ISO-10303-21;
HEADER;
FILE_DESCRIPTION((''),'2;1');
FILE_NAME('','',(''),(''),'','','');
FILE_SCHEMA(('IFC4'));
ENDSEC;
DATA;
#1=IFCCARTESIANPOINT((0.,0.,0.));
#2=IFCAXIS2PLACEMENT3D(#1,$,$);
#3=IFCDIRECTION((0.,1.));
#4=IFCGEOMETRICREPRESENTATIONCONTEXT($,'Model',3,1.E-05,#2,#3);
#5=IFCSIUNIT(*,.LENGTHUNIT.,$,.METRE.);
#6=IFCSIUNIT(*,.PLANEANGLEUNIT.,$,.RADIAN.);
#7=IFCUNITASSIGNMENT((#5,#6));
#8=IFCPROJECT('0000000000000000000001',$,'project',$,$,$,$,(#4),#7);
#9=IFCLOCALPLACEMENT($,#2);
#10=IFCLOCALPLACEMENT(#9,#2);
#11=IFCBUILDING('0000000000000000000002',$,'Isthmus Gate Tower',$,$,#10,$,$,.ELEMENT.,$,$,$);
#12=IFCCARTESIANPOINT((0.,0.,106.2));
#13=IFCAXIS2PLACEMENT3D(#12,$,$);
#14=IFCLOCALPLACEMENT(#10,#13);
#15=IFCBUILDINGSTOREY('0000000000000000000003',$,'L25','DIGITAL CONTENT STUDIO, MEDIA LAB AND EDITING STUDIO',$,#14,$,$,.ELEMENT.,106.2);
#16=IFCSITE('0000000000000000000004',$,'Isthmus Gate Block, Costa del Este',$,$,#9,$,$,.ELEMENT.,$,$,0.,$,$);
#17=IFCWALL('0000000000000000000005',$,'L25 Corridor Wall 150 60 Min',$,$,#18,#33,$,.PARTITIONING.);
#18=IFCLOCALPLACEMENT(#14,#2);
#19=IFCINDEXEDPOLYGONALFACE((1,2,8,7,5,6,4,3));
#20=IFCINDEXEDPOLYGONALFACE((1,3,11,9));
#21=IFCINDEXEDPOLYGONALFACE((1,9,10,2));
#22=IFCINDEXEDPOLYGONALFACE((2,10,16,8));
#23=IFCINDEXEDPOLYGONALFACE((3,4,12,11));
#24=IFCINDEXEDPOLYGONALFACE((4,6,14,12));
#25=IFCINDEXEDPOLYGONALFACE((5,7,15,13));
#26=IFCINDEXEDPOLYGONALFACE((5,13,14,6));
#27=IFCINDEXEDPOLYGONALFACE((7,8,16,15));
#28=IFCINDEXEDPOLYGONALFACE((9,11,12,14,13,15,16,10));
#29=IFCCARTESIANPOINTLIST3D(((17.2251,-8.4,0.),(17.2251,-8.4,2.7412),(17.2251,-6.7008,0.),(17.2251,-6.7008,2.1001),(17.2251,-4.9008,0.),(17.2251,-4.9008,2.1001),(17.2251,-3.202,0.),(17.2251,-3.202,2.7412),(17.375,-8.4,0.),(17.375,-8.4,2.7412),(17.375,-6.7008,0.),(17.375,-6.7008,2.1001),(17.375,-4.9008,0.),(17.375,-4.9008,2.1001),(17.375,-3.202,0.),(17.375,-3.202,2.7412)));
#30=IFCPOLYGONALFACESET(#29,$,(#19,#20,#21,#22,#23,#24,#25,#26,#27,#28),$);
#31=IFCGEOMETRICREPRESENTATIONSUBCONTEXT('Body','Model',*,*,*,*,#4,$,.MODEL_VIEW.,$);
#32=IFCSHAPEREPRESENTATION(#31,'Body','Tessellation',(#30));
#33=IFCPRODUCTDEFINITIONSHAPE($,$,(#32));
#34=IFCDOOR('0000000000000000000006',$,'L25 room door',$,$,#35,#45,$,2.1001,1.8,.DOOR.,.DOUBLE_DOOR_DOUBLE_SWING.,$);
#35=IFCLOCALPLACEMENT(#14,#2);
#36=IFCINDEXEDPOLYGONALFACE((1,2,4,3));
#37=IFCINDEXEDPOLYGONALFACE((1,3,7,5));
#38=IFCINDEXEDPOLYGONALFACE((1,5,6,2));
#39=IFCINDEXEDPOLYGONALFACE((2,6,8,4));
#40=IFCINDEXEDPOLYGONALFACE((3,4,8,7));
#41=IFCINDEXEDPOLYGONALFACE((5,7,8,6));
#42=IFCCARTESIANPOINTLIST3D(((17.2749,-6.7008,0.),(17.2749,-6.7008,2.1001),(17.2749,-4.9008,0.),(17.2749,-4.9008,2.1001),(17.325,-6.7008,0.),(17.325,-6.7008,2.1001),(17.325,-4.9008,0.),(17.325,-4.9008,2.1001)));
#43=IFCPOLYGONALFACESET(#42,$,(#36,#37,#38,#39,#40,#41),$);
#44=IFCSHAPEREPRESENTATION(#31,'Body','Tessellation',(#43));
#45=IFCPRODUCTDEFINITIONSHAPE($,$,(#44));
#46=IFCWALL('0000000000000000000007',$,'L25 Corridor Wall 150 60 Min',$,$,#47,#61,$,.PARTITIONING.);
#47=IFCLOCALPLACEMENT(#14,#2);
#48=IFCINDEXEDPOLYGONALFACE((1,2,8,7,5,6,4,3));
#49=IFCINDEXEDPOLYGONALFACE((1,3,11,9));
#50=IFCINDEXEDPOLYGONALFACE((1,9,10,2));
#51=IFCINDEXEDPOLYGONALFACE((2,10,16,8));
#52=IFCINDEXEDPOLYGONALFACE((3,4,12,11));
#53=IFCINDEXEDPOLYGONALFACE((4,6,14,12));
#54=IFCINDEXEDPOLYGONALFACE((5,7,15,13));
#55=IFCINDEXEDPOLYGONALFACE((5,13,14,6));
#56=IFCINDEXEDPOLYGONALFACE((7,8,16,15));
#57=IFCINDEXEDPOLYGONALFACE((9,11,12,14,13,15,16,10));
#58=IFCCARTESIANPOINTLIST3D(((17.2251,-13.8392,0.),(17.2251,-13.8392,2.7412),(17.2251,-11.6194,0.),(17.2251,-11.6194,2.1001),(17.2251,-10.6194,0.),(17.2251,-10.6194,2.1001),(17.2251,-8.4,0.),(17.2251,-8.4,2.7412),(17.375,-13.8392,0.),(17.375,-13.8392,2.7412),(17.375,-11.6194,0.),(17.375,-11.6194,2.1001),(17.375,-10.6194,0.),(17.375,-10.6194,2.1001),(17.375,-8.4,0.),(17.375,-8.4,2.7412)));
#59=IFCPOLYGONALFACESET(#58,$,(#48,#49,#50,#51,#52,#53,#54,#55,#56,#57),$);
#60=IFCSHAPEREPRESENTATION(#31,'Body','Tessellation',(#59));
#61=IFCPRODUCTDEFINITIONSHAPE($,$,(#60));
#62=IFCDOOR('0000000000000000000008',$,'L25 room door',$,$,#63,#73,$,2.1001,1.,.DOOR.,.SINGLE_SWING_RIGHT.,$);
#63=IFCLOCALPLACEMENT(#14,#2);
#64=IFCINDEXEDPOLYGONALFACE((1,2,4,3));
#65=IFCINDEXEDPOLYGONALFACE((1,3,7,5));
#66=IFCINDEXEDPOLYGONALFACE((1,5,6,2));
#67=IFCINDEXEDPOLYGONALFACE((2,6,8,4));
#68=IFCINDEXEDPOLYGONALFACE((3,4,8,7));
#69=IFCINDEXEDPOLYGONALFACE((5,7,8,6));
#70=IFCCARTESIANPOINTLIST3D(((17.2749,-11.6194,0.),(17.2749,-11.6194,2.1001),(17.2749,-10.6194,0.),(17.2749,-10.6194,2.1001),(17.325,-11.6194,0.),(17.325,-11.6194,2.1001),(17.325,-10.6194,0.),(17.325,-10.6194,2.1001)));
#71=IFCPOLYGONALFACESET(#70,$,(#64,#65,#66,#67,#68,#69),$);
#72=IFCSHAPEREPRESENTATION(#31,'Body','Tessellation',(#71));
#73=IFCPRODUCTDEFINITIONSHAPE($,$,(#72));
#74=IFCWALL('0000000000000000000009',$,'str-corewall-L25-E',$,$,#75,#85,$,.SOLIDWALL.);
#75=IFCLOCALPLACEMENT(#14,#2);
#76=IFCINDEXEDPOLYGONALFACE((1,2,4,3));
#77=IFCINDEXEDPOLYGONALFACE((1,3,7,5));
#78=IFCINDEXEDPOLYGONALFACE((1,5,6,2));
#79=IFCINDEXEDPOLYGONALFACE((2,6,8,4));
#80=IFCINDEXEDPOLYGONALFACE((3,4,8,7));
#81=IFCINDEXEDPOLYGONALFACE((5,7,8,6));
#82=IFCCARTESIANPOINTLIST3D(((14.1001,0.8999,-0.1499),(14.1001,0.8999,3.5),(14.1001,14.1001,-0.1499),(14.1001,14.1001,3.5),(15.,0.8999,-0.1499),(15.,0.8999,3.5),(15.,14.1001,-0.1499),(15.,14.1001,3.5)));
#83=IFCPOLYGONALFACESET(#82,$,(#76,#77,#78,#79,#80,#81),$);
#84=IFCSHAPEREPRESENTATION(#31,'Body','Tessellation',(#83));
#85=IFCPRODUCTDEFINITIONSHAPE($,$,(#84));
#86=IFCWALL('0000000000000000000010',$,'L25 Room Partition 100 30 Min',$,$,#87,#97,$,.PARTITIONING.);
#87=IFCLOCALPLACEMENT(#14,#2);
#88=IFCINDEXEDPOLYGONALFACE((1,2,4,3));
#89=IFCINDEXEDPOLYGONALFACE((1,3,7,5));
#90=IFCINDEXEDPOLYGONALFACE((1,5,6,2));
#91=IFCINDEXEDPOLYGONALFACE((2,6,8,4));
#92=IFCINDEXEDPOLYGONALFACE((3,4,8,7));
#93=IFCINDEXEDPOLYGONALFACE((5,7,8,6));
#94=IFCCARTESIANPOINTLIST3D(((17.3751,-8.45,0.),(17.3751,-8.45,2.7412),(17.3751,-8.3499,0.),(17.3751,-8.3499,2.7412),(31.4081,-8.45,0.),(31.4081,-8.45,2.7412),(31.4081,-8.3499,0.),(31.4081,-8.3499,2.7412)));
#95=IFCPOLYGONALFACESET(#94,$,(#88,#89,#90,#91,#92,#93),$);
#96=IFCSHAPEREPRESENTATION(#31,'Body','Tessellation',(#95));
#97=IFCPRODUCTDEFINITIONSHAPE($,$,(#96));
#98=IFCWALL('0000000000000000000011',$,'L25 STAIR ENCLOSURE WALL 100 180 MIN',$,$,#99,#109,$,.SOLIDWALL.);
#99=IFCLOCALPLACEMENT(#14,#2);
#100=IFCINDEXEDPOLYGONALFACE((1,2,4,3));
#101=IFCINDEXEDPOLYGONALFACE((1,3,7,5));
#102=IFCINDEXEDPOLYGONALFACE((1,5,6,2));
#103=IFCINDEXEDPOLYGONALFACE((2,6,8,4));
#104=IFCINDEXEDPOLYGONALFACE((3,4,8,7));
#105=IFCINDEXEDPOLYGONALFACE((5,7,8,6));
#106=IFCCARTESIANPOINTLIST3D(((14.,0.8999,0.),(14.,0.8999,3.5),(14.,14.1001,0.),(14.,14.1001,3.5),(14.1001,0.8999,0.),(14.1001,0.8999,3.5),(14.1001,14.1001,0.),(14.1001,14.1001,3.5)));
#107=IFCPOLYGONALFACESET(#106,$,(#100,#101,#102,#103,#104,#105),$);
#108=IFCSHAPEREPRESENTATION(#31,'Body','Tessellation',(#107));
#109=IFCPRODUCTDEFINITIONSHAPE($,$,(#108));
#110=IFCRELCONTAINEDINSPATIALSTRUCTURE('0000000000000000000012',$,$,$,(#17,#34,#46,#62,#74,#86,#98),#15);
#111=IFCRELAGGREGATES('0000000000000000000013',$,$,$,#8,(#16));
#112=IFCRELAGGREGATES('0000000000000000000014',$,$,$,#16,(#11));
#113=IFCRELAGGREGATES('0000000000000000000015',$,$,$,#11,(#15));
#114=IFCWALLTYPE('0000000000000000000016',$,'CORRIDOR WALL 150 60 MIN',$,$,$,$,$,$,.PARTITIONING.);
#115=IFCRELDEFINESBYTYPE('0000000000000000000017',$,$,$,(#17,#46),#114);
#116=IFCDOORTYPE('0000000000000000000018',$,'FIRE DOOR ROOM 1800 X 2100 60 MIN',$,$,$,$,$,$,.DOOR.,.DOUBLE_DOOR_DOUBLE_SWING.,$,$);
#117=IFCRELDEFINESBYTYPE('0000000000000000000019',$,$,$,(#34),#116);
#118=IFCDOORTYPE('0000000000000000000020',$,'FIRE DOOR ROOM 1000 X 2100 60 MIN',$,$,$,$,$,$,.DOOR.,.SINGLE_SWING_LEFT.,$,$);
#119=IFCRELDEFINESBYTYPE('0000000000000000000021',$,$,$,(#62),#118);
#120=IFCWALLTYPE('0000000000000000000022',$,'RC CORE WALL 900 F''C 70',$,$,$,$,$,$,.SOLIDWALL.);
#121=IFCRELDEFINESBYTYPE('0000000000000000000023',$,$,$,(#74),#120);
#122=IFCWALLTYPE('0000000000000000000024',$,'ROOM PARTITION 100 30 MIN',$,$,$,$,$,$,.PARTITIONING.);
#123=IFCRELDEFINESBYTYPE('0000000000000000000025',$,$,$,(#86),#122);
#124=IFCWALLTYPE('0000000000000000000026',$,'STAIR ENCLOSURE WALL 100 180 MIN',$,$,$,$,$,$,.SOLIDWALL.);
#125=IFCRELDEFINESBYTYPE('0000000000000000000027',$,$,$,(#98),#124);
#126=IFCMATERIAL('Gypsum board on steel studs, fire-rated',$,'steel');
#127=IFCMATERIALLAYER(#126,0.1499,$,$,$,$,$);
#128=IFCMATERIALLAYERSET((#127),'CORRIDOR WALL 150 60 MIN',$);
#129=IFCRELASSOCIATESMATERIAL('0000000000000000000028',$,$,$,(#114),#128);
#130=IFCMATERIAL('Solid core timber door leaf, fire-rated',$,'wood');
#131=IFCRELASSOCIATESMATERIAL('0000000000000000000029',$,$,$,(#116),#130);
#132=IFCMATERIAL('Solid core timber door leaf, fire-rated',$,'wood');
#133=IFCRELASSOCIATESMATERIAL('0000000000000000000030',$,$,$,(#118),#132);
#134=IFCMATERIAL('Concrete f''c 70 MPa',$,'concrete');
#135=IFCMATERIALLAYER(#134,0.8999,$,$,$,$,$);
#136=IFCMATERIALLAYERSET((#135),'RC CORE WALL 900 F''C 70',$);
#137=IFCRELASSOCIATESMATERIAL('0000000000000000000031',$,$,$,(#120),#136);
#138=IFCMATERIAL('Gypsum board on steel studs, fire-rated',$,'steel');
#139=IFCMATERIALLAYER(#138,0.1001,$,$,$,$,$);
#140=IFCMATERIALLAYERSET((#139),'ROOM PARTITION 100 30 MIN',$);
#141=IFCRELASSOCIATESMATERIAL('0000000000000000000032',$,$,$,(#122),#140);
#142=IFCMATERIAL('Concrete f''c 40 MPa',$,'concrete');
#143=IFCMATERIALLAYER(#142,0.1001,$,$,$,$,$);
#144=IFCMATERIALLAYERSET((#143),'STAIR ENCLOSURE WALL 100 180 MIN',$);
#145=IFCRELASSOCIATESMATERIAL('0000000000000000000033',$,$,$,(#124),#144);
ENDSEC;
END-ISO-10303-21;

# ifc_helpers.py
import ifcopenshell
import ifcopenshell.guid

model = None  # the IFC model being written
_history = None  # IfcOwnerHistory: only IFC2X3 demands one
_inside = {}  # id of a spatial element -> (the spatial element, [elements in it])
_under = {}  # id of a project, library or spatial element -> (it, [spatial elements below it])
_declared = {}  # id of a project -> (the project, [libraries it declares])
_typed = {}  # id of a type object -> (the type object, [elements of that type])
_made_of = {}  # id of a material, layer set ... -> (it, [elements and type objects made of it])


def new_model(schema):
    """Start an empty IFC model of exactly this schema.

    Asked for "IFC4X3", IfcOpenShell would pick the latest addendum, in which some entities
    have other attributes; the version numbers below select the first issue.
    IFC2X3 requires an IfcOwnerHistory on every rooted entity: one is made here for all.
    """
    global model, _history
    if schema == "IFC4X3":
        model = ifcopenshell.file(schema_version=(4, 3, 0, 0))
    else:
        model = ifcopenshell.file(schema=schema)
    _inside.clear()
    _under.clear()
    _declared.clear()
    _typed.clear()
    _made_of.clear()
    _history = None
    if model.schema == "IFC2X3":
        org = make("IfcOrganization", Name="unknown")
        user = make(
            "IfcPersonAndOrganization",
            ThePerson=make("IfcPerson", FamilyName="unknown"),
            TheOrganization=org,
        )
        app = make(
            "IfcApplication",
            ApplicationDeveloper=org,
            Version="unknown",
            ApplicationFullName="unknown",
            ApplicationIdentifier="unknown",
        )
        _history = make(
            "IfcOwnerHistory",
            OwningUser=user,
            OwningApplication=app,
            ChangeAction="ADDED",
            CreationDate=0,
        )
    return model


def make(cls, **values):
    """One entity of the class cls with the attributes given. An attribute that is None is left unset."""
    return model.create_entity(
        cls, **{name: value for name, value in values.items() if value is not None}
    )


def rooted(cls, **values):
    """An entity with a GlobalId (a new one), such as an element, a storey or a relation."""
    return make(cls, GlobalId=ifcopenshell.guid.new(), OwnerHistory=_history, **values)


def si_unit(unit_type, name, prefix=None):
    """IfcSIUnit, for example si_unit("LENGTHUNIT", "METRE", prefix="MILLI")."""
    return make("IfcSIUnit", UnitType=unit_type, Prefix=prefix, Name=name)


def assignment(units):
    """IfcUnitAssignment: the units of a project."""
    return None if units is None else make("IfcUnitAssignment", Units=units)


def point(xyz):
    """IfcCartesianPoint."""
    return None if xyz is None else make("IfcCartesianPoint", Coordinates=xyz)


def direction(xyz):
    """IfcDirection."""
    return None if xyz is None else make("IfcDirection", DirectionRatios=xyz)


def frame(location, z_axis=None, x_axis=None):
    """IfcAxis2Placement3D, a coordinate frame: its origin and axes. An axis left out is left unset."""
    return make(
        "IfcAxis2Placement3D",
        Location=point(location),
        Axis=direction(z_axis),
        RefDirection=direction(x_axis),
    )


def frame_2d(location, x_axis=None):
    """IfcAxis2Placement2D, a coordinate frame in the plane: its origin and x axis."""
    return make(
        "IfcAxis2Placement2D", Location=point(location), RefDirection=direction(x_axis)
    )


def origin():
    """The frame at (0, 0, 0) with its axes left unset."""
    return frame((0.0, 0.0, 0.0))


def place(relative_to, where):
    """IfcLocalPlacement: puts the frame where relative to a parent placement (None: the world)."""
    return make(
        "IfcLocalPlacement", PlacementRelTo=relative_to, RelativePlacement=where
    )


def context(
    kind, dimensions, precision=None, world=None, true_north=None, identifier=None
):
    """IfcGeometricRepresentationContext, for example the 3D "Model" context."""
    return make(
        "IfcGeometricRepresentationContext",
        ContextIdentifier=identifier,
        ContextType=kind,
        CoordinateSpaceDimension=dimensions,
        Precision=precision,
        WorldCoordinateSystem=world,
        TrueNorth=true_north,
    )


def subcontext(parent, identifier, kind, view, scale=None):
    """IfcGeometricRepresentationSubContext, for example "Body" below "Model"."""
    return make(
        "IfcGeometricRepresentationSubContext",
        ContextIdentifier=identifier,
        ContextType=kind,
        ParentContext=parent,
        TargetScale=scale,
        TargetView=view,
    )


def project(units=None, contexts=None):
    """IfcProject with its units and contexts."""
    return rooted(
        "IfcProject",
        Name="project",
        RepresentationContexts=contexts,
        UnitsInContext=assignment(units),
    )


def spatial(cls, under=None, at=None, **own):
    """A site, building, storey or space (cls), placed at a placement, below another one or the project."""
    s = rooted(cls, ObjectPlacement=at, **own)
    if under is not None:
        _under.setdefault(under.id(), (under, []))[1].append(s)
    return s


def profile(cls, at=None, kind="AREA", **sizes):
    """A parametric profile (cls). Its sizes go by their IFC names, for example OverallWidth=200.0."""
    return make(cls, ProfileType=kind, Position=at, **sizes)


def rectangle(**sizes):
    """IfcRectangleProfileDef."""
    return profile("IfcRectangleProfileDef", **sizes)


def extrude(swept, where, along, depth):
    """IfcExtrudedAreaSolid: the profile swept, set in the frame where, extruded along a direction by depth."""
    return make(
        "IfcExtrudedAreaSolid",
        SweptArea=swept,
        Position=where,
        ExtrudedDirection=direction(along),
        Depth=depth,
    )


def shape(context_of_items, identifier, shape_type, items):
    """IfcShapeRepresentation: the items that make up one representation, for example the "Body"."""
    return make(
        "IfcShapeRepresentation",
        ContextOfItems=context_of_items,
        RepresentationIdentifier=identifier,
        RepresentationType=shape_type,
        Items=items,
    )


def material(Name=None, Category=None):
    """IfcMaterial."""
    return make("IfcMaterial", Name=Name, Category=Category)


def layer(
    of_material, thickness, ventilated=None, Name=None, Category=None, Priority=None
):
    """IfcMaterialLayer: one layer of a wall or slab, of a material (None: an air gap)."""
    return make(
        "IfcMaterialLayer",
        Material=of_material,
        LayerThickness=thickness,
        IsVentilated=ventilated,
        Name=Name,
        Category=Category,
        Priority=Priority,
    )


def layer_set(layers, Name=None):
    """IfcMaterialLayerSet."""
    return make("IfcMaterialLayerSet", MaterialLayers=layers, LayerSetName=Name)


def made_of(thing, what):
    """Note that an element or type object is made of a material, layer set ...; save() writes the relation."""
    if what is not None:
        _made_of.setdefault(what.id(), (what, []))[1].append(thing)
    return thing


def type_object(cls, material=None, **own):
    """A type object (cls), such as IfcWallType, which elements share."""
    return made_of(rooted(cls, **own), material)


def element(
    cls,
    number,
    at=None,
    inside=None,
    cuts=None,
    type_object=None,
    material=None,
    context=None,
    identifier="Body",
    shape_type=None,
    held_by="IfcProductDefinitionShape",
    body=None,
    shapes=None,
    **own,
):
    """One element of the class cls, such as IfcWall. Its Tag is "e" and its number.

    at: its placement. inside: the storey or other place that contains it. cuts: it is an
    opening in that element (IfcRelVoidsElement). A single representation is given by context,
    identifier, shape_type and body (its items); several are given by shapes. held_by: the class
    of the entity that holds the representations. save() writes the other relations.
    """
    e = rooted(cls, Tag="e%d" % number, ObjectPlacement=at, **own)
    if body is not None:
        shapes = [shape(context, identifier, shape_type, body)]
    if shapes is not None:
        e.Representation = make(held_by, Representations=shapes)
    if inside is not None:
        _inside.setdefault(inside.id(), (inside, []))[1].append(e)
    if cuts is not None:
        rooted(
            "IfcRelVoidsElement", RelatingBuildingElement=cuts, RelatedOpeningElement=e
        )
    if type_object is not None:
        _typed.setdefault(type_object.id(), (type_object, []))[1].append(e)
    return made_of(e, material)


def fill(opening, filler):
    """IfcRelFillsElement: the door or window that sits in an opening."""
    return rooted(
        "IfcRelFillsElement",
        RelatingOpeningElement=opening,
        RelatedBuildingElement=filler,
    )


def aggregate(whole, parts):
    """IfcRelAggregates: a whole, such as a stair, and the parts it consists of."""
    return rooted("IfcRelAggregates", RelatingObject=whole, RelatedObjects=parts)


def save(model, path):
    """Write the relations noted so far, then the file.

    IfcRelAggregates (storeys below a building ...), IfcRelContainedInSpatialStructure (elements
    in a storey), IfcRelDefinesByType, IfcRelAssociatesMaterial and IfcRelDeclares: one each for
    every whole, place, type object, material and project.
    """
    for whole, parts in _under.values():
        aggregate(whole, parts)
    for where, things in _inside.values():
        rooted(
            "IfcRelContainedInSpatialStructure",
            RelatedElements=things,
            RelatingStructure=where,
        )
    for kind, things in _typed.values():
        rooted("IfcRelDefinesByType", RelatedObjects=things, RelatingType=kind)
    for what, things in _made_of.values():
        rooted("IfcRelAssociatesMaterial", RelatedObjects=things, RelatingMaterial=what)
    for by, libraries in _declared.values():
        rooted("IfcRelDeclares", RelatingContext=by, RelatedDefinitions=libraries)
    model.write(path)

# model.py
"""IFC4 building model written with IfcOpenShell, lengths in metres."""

from ifc_helpers import new_model, si_unit, direction, frame, frame_2d, origin, place, context, subcontext, project, spatial, rectangle, extrude, material, layer, layer_set, type_object, element, fill, save


model = new_model("IFC4")

# Units and contexts
model_context = context("Model", 3, precision=1e-05, world=origin(), true_north=direction((0.0, 1.0)))
body_context = subcontext(model_context, "Body", "Model", "MODEL_VIEW")
ifc_project = project(units=[si_unit("LENGTHUNIT", "METRE"), si_unit("PLANEANGLEUNIT", "RADIAN")], contexts=[model_context])

# Site, building, storey
site_placement = place(None, origin())
site = spatial("IfcSite", under=ifc_project, at=site_placement, Name="Isthmus Gate Block, Costa del Este", CompositionType="ELEMENT", RefElevation=0.0)
building_placement = place(site_placement, origin())
building = spatial("IfcBuilding", under=site, at=building_placement, Name="Isthmus Gate Tower", CompositionType="ELEMENT")
storey_placement = place(building_placement, frame((0.0, 0.0, 106.2)))
storey = spatial("IfcBuildingStorey", under=building, at=storey_placement, Name="L25", Description="DIGITAL CONTENT STUDIO, MEDIA LAB AND EDITING STUDIO", CompositionType="ELEMENT", Elevation=106.2)

# Walls, openings, doors
ifc_material_1 = material(Name="Gypsum board on steel studs, fire-rated", Category="steel")
ifc_layer_1 = layer(ifc_material_1, 0.1499)
ifc_layer_set_1 = layer_set([ifc_layer_1], Name="CORRIDOR WALL 150 60 MIN")
wall_type_1 = type_object("IfcWallType", Name="CORRIDOR WALL 150 60 MIN", PredefinedType="PARTITIONING", material=ifc_layer_set_1)
ifc_material_2 = material(Name="Solid core timber door leaf, fire-rated", Category="wood")
door_type_1 = type_object("IfcDoorType", Name="FIRE DOOR ROOM 1800 X 2100 60 MIN", OperationType="DOUBLE_DOOR_DOUBLE_SWING", PredefinedType="DOOR", material=ifc_material_2)
wall_1_placement = place(storey_placement, frame((17.3, -3.2019, 0.0), z_axis=(0.0, 0.0, 1.0), x_axis=(0.0, -1.0, 0.0)))
wall_1 = element("IfcWall", 1, at=wall_1_placement, inside=storey, type_object=wall_type_1, Name="L25 Corridor Wall 150 60 Min", PredefinedType="PARTITIONING", context=body_context, shape_type="SweptSolid", body=[
    extrude(rectangle(XDim=5.198, YDim=0.1499, at=frame_2d((2.5991, 0.0))), origin(), (0.0, 0.0, 1.0), 2.7412),
])
opening_1_placement = place(wall_1_placement, frame((1.699, 0.0, 0.0)))
opening_1 = element("IfcOpeningElement", 2, at=opening_1_placement, cuts=wall_1, PredefinedType="OPENING", context=body_context, shape_type="SweptSolid", body=[
    extrude(rectangle(XDim=1.8, YDim=2.1001, at=frame_2d((0.8999, 1.05))), frame((0.0, 0.085, 0.0), z_axis=(0.0, -1.0, 0.0), x_axis=(1.0, 0.0, 0.0)), (0.0, 0.0, 1.0), 0.1699),
])
door_1_placement = place(opening_1_placement, origin())
door_1 = element("IfcDoor", 3, at=door_1_placement, inside=storey, type_object=door_type_1, Name="L25 room door", OperationType="DOUBLE_DOOR_DOUBLE_SWING", OverallHeight=2.1001, OverallWidth=1.8, PredefinedType="DOOR", context=body_context, shape_type="SweptSolid", body=[
    extrude(rectangle(XDim=1.8, YDim=2.1001, at=frame_2d((0.8999, 1.05))), frame((0.0, 0.0249, 0.0), z_axis=(0.0, -1.0, 0.0), x_axis=(1.0, 0.0, 0.0)), (0.0, 0.0, 1.0), 0.05),
])
fill(opening_1, door_1)
wall_2_placement = place(storey_placement, frame((17.3, -8.3999, 0.0), z_axis=(0.0, 0.0, 1.0), x_axis=(0.0, -1.0, 0.0)))
wall_2 = element("IfcWall", 4, at=wall_2_placement, inside=storey, type_object=wall_type_1, Name="L25 Corridor Wall 150 60 Min", PredefinedType="PARTITIONING", context=body_context, shape_type="SweptSolid", body=[
    extrude(rectangle(XDim=5.4392, YDim=0.1499, at=frame_2d((2.7197, 0.0))), origin(), (0.0, 0.0, 1.0), 2.7412),
])
opening_2_placement = place(wall_2_placement, frame((2.2195, 0.0, 0.0)))
opening_2 = element("IfcOpeningElement", 5, at=opening_2_placement, cuts=wall_2, PredefinedType="OPENING", context=body_context, shape_type="SweptSolid", body=[
    extrude(rectangle(XDim=1.0, YDim=2.1001, at=frame_2d((0.5, 1.05))), frame((0.0, 0.085, 0.0), z_axis=(0.0, -1.0, 0.0), x_axis=(1.0, 0.0, 0.0)), (0.0, 0.0, 1.0), 0.1699),
])
ifc_material_3 = material(Name="Solid core timber door leaf, fire-rated", Category="wood")
door_type_2 = type_object("IfcDoorType", Name="FIRE DOOR ROOM 1000 X 2100 60 MIN", OperationType="SINGLE_SWING_LEFT", PredefinedType="DOOR", material=ifc_material_3)
door_2_placement = place(opening_2_placement, origin())
door_2 = element("IfcDoor", 6, at=door_2_placement, inside=storey, type_object=door_type_2, Name="L25 room door", OperationType="SINGLE_SWING_RIGHT", OverallHeight=2.1001, OverallWidth=1.0, PredefinedType="DOOR", context=body_context, shape_type="SweptSolid", body=[
    extrude(rectangle(XDim=1.0, YDim=2.1001, at=frame_2d((0.5, 1.05))), frame((0.0, 0.0249, 0.0), z_axis=(0.0, -1.0, 0.0), x_axis=(1.0, 0.0, 0.0)), (0.0, 0.0, 1.0), 0.05),
])
fill(opening_2, door_2)

# Walls
ifc_material_4 = material(Name="Concrete f'c 70 MPa", Category="concrete")
ifc_layer_2 = layer(ifc_material_4, 0.8999)
ifc_layer_set_2 = layer_set([ifc_layer_2], Name="RC CORE WALL 900 F'C 70")
wall_type_2 = type_object("IfcWallType", Name="RC CORE WALL 900 F'C 70", PredefinedType="SOLIDWALL", material=ifc_layer_set_2)
wall_3_placement = place(storey_placement, frame((14.55, 0.8999, -0.1499), z_axis=(0.0, 0.0, 1.0), x_axis=(0.0, 1.0, 0.0)))
element("IfcWall", 7, at=wall_3_placement, inside=storey, type_object=wall_type_2, Name="str-corewall-L25-E", PredefinedType="SOLIDWALL", context=body_context, shape_type="SweptSolid", body=[
    extrude(rectangle(XDim=13.2002, YDim=0.8999, at=frame_2d((6.6001, 0.0))), origin(), (0.0, 0.0, 1.0), 3.6499),
])
ifc_material_5 = material(Name="Gypsum board on steel studs, fire-rated", Category="steel")
ifc_layer_3 = layer(ifc_material_5, 0.1001)
ifc_layer_set_3 = layer_set([ifc_layer_3], Name="ROOM PARTITION 100 30 MIN")
wall_type_3 = type_object("IfcWallType", Name="ROOM PARTITION 100 30 MIN", PredefinedType="PARTITIONING", material=ifc_layer_set_3)
wall_4_placement = place(storey_placement, frame((17.375, -8.3999, 0.0), z_axis=(0.0, 0.0, 1.0), x_axis=(1.0, 0.0, 0.0)))
element("IfcWall", 8, at=wall_4_placement, inside=storey, type_object=wall_type_3, Name="L25 Room Partition 100 30 Min", PredefinedType="PARTITIONING", context=body_context, shape_type="SweptSolid", body=[
    extrude(rectangle(XDim=14.033, YDim=0.1001, at=frame_2d((7.0166, 0.0))), origin(), (0.0, 0.0, 1.0), 2.7412),
])
ifc_material_6 = material(Name="Concrete f'c 40 MPa", Category="concrete")
ifc_layer_4 = layer(ifc_material_6, 0.1001)
ifc_layer_set_4 = layer_set([ifc_layer_4], Name="STAIR ENCLOSURE WALL 100 180 MIN")
wall_type_4 = type_object("IfcWallType", Name="STAIR ENCLOSURE WALL 100 180 MIN", PredefinedType="SOLIDWALL", material=ifc_layer_set_4)
wall_5_placement = place(storey_placement, frame((14.05, 0.8999, 0.0), z_axis=(0.0, 0.0, 1.0), x_axis=(0.0, 1.0, 0.0)))
element("IfcWall", 9, at=wall_5_placement, inside=storey, type_object=wall_type_4, Name="L25 STAIR ENCLOSURE WALL 100 180 MIN", PredefinedType="SOLIDWALL", context=body_context, shape_type="SweptSolid", body=[
    extrude(rectangle(XDim=13.2002, YDim=0.1001, at=frame_2d((6.6001, 0.0))), origin(), (0.0, 0.0, 1.0), 3.5),
])

save(model, "model.ifc")
